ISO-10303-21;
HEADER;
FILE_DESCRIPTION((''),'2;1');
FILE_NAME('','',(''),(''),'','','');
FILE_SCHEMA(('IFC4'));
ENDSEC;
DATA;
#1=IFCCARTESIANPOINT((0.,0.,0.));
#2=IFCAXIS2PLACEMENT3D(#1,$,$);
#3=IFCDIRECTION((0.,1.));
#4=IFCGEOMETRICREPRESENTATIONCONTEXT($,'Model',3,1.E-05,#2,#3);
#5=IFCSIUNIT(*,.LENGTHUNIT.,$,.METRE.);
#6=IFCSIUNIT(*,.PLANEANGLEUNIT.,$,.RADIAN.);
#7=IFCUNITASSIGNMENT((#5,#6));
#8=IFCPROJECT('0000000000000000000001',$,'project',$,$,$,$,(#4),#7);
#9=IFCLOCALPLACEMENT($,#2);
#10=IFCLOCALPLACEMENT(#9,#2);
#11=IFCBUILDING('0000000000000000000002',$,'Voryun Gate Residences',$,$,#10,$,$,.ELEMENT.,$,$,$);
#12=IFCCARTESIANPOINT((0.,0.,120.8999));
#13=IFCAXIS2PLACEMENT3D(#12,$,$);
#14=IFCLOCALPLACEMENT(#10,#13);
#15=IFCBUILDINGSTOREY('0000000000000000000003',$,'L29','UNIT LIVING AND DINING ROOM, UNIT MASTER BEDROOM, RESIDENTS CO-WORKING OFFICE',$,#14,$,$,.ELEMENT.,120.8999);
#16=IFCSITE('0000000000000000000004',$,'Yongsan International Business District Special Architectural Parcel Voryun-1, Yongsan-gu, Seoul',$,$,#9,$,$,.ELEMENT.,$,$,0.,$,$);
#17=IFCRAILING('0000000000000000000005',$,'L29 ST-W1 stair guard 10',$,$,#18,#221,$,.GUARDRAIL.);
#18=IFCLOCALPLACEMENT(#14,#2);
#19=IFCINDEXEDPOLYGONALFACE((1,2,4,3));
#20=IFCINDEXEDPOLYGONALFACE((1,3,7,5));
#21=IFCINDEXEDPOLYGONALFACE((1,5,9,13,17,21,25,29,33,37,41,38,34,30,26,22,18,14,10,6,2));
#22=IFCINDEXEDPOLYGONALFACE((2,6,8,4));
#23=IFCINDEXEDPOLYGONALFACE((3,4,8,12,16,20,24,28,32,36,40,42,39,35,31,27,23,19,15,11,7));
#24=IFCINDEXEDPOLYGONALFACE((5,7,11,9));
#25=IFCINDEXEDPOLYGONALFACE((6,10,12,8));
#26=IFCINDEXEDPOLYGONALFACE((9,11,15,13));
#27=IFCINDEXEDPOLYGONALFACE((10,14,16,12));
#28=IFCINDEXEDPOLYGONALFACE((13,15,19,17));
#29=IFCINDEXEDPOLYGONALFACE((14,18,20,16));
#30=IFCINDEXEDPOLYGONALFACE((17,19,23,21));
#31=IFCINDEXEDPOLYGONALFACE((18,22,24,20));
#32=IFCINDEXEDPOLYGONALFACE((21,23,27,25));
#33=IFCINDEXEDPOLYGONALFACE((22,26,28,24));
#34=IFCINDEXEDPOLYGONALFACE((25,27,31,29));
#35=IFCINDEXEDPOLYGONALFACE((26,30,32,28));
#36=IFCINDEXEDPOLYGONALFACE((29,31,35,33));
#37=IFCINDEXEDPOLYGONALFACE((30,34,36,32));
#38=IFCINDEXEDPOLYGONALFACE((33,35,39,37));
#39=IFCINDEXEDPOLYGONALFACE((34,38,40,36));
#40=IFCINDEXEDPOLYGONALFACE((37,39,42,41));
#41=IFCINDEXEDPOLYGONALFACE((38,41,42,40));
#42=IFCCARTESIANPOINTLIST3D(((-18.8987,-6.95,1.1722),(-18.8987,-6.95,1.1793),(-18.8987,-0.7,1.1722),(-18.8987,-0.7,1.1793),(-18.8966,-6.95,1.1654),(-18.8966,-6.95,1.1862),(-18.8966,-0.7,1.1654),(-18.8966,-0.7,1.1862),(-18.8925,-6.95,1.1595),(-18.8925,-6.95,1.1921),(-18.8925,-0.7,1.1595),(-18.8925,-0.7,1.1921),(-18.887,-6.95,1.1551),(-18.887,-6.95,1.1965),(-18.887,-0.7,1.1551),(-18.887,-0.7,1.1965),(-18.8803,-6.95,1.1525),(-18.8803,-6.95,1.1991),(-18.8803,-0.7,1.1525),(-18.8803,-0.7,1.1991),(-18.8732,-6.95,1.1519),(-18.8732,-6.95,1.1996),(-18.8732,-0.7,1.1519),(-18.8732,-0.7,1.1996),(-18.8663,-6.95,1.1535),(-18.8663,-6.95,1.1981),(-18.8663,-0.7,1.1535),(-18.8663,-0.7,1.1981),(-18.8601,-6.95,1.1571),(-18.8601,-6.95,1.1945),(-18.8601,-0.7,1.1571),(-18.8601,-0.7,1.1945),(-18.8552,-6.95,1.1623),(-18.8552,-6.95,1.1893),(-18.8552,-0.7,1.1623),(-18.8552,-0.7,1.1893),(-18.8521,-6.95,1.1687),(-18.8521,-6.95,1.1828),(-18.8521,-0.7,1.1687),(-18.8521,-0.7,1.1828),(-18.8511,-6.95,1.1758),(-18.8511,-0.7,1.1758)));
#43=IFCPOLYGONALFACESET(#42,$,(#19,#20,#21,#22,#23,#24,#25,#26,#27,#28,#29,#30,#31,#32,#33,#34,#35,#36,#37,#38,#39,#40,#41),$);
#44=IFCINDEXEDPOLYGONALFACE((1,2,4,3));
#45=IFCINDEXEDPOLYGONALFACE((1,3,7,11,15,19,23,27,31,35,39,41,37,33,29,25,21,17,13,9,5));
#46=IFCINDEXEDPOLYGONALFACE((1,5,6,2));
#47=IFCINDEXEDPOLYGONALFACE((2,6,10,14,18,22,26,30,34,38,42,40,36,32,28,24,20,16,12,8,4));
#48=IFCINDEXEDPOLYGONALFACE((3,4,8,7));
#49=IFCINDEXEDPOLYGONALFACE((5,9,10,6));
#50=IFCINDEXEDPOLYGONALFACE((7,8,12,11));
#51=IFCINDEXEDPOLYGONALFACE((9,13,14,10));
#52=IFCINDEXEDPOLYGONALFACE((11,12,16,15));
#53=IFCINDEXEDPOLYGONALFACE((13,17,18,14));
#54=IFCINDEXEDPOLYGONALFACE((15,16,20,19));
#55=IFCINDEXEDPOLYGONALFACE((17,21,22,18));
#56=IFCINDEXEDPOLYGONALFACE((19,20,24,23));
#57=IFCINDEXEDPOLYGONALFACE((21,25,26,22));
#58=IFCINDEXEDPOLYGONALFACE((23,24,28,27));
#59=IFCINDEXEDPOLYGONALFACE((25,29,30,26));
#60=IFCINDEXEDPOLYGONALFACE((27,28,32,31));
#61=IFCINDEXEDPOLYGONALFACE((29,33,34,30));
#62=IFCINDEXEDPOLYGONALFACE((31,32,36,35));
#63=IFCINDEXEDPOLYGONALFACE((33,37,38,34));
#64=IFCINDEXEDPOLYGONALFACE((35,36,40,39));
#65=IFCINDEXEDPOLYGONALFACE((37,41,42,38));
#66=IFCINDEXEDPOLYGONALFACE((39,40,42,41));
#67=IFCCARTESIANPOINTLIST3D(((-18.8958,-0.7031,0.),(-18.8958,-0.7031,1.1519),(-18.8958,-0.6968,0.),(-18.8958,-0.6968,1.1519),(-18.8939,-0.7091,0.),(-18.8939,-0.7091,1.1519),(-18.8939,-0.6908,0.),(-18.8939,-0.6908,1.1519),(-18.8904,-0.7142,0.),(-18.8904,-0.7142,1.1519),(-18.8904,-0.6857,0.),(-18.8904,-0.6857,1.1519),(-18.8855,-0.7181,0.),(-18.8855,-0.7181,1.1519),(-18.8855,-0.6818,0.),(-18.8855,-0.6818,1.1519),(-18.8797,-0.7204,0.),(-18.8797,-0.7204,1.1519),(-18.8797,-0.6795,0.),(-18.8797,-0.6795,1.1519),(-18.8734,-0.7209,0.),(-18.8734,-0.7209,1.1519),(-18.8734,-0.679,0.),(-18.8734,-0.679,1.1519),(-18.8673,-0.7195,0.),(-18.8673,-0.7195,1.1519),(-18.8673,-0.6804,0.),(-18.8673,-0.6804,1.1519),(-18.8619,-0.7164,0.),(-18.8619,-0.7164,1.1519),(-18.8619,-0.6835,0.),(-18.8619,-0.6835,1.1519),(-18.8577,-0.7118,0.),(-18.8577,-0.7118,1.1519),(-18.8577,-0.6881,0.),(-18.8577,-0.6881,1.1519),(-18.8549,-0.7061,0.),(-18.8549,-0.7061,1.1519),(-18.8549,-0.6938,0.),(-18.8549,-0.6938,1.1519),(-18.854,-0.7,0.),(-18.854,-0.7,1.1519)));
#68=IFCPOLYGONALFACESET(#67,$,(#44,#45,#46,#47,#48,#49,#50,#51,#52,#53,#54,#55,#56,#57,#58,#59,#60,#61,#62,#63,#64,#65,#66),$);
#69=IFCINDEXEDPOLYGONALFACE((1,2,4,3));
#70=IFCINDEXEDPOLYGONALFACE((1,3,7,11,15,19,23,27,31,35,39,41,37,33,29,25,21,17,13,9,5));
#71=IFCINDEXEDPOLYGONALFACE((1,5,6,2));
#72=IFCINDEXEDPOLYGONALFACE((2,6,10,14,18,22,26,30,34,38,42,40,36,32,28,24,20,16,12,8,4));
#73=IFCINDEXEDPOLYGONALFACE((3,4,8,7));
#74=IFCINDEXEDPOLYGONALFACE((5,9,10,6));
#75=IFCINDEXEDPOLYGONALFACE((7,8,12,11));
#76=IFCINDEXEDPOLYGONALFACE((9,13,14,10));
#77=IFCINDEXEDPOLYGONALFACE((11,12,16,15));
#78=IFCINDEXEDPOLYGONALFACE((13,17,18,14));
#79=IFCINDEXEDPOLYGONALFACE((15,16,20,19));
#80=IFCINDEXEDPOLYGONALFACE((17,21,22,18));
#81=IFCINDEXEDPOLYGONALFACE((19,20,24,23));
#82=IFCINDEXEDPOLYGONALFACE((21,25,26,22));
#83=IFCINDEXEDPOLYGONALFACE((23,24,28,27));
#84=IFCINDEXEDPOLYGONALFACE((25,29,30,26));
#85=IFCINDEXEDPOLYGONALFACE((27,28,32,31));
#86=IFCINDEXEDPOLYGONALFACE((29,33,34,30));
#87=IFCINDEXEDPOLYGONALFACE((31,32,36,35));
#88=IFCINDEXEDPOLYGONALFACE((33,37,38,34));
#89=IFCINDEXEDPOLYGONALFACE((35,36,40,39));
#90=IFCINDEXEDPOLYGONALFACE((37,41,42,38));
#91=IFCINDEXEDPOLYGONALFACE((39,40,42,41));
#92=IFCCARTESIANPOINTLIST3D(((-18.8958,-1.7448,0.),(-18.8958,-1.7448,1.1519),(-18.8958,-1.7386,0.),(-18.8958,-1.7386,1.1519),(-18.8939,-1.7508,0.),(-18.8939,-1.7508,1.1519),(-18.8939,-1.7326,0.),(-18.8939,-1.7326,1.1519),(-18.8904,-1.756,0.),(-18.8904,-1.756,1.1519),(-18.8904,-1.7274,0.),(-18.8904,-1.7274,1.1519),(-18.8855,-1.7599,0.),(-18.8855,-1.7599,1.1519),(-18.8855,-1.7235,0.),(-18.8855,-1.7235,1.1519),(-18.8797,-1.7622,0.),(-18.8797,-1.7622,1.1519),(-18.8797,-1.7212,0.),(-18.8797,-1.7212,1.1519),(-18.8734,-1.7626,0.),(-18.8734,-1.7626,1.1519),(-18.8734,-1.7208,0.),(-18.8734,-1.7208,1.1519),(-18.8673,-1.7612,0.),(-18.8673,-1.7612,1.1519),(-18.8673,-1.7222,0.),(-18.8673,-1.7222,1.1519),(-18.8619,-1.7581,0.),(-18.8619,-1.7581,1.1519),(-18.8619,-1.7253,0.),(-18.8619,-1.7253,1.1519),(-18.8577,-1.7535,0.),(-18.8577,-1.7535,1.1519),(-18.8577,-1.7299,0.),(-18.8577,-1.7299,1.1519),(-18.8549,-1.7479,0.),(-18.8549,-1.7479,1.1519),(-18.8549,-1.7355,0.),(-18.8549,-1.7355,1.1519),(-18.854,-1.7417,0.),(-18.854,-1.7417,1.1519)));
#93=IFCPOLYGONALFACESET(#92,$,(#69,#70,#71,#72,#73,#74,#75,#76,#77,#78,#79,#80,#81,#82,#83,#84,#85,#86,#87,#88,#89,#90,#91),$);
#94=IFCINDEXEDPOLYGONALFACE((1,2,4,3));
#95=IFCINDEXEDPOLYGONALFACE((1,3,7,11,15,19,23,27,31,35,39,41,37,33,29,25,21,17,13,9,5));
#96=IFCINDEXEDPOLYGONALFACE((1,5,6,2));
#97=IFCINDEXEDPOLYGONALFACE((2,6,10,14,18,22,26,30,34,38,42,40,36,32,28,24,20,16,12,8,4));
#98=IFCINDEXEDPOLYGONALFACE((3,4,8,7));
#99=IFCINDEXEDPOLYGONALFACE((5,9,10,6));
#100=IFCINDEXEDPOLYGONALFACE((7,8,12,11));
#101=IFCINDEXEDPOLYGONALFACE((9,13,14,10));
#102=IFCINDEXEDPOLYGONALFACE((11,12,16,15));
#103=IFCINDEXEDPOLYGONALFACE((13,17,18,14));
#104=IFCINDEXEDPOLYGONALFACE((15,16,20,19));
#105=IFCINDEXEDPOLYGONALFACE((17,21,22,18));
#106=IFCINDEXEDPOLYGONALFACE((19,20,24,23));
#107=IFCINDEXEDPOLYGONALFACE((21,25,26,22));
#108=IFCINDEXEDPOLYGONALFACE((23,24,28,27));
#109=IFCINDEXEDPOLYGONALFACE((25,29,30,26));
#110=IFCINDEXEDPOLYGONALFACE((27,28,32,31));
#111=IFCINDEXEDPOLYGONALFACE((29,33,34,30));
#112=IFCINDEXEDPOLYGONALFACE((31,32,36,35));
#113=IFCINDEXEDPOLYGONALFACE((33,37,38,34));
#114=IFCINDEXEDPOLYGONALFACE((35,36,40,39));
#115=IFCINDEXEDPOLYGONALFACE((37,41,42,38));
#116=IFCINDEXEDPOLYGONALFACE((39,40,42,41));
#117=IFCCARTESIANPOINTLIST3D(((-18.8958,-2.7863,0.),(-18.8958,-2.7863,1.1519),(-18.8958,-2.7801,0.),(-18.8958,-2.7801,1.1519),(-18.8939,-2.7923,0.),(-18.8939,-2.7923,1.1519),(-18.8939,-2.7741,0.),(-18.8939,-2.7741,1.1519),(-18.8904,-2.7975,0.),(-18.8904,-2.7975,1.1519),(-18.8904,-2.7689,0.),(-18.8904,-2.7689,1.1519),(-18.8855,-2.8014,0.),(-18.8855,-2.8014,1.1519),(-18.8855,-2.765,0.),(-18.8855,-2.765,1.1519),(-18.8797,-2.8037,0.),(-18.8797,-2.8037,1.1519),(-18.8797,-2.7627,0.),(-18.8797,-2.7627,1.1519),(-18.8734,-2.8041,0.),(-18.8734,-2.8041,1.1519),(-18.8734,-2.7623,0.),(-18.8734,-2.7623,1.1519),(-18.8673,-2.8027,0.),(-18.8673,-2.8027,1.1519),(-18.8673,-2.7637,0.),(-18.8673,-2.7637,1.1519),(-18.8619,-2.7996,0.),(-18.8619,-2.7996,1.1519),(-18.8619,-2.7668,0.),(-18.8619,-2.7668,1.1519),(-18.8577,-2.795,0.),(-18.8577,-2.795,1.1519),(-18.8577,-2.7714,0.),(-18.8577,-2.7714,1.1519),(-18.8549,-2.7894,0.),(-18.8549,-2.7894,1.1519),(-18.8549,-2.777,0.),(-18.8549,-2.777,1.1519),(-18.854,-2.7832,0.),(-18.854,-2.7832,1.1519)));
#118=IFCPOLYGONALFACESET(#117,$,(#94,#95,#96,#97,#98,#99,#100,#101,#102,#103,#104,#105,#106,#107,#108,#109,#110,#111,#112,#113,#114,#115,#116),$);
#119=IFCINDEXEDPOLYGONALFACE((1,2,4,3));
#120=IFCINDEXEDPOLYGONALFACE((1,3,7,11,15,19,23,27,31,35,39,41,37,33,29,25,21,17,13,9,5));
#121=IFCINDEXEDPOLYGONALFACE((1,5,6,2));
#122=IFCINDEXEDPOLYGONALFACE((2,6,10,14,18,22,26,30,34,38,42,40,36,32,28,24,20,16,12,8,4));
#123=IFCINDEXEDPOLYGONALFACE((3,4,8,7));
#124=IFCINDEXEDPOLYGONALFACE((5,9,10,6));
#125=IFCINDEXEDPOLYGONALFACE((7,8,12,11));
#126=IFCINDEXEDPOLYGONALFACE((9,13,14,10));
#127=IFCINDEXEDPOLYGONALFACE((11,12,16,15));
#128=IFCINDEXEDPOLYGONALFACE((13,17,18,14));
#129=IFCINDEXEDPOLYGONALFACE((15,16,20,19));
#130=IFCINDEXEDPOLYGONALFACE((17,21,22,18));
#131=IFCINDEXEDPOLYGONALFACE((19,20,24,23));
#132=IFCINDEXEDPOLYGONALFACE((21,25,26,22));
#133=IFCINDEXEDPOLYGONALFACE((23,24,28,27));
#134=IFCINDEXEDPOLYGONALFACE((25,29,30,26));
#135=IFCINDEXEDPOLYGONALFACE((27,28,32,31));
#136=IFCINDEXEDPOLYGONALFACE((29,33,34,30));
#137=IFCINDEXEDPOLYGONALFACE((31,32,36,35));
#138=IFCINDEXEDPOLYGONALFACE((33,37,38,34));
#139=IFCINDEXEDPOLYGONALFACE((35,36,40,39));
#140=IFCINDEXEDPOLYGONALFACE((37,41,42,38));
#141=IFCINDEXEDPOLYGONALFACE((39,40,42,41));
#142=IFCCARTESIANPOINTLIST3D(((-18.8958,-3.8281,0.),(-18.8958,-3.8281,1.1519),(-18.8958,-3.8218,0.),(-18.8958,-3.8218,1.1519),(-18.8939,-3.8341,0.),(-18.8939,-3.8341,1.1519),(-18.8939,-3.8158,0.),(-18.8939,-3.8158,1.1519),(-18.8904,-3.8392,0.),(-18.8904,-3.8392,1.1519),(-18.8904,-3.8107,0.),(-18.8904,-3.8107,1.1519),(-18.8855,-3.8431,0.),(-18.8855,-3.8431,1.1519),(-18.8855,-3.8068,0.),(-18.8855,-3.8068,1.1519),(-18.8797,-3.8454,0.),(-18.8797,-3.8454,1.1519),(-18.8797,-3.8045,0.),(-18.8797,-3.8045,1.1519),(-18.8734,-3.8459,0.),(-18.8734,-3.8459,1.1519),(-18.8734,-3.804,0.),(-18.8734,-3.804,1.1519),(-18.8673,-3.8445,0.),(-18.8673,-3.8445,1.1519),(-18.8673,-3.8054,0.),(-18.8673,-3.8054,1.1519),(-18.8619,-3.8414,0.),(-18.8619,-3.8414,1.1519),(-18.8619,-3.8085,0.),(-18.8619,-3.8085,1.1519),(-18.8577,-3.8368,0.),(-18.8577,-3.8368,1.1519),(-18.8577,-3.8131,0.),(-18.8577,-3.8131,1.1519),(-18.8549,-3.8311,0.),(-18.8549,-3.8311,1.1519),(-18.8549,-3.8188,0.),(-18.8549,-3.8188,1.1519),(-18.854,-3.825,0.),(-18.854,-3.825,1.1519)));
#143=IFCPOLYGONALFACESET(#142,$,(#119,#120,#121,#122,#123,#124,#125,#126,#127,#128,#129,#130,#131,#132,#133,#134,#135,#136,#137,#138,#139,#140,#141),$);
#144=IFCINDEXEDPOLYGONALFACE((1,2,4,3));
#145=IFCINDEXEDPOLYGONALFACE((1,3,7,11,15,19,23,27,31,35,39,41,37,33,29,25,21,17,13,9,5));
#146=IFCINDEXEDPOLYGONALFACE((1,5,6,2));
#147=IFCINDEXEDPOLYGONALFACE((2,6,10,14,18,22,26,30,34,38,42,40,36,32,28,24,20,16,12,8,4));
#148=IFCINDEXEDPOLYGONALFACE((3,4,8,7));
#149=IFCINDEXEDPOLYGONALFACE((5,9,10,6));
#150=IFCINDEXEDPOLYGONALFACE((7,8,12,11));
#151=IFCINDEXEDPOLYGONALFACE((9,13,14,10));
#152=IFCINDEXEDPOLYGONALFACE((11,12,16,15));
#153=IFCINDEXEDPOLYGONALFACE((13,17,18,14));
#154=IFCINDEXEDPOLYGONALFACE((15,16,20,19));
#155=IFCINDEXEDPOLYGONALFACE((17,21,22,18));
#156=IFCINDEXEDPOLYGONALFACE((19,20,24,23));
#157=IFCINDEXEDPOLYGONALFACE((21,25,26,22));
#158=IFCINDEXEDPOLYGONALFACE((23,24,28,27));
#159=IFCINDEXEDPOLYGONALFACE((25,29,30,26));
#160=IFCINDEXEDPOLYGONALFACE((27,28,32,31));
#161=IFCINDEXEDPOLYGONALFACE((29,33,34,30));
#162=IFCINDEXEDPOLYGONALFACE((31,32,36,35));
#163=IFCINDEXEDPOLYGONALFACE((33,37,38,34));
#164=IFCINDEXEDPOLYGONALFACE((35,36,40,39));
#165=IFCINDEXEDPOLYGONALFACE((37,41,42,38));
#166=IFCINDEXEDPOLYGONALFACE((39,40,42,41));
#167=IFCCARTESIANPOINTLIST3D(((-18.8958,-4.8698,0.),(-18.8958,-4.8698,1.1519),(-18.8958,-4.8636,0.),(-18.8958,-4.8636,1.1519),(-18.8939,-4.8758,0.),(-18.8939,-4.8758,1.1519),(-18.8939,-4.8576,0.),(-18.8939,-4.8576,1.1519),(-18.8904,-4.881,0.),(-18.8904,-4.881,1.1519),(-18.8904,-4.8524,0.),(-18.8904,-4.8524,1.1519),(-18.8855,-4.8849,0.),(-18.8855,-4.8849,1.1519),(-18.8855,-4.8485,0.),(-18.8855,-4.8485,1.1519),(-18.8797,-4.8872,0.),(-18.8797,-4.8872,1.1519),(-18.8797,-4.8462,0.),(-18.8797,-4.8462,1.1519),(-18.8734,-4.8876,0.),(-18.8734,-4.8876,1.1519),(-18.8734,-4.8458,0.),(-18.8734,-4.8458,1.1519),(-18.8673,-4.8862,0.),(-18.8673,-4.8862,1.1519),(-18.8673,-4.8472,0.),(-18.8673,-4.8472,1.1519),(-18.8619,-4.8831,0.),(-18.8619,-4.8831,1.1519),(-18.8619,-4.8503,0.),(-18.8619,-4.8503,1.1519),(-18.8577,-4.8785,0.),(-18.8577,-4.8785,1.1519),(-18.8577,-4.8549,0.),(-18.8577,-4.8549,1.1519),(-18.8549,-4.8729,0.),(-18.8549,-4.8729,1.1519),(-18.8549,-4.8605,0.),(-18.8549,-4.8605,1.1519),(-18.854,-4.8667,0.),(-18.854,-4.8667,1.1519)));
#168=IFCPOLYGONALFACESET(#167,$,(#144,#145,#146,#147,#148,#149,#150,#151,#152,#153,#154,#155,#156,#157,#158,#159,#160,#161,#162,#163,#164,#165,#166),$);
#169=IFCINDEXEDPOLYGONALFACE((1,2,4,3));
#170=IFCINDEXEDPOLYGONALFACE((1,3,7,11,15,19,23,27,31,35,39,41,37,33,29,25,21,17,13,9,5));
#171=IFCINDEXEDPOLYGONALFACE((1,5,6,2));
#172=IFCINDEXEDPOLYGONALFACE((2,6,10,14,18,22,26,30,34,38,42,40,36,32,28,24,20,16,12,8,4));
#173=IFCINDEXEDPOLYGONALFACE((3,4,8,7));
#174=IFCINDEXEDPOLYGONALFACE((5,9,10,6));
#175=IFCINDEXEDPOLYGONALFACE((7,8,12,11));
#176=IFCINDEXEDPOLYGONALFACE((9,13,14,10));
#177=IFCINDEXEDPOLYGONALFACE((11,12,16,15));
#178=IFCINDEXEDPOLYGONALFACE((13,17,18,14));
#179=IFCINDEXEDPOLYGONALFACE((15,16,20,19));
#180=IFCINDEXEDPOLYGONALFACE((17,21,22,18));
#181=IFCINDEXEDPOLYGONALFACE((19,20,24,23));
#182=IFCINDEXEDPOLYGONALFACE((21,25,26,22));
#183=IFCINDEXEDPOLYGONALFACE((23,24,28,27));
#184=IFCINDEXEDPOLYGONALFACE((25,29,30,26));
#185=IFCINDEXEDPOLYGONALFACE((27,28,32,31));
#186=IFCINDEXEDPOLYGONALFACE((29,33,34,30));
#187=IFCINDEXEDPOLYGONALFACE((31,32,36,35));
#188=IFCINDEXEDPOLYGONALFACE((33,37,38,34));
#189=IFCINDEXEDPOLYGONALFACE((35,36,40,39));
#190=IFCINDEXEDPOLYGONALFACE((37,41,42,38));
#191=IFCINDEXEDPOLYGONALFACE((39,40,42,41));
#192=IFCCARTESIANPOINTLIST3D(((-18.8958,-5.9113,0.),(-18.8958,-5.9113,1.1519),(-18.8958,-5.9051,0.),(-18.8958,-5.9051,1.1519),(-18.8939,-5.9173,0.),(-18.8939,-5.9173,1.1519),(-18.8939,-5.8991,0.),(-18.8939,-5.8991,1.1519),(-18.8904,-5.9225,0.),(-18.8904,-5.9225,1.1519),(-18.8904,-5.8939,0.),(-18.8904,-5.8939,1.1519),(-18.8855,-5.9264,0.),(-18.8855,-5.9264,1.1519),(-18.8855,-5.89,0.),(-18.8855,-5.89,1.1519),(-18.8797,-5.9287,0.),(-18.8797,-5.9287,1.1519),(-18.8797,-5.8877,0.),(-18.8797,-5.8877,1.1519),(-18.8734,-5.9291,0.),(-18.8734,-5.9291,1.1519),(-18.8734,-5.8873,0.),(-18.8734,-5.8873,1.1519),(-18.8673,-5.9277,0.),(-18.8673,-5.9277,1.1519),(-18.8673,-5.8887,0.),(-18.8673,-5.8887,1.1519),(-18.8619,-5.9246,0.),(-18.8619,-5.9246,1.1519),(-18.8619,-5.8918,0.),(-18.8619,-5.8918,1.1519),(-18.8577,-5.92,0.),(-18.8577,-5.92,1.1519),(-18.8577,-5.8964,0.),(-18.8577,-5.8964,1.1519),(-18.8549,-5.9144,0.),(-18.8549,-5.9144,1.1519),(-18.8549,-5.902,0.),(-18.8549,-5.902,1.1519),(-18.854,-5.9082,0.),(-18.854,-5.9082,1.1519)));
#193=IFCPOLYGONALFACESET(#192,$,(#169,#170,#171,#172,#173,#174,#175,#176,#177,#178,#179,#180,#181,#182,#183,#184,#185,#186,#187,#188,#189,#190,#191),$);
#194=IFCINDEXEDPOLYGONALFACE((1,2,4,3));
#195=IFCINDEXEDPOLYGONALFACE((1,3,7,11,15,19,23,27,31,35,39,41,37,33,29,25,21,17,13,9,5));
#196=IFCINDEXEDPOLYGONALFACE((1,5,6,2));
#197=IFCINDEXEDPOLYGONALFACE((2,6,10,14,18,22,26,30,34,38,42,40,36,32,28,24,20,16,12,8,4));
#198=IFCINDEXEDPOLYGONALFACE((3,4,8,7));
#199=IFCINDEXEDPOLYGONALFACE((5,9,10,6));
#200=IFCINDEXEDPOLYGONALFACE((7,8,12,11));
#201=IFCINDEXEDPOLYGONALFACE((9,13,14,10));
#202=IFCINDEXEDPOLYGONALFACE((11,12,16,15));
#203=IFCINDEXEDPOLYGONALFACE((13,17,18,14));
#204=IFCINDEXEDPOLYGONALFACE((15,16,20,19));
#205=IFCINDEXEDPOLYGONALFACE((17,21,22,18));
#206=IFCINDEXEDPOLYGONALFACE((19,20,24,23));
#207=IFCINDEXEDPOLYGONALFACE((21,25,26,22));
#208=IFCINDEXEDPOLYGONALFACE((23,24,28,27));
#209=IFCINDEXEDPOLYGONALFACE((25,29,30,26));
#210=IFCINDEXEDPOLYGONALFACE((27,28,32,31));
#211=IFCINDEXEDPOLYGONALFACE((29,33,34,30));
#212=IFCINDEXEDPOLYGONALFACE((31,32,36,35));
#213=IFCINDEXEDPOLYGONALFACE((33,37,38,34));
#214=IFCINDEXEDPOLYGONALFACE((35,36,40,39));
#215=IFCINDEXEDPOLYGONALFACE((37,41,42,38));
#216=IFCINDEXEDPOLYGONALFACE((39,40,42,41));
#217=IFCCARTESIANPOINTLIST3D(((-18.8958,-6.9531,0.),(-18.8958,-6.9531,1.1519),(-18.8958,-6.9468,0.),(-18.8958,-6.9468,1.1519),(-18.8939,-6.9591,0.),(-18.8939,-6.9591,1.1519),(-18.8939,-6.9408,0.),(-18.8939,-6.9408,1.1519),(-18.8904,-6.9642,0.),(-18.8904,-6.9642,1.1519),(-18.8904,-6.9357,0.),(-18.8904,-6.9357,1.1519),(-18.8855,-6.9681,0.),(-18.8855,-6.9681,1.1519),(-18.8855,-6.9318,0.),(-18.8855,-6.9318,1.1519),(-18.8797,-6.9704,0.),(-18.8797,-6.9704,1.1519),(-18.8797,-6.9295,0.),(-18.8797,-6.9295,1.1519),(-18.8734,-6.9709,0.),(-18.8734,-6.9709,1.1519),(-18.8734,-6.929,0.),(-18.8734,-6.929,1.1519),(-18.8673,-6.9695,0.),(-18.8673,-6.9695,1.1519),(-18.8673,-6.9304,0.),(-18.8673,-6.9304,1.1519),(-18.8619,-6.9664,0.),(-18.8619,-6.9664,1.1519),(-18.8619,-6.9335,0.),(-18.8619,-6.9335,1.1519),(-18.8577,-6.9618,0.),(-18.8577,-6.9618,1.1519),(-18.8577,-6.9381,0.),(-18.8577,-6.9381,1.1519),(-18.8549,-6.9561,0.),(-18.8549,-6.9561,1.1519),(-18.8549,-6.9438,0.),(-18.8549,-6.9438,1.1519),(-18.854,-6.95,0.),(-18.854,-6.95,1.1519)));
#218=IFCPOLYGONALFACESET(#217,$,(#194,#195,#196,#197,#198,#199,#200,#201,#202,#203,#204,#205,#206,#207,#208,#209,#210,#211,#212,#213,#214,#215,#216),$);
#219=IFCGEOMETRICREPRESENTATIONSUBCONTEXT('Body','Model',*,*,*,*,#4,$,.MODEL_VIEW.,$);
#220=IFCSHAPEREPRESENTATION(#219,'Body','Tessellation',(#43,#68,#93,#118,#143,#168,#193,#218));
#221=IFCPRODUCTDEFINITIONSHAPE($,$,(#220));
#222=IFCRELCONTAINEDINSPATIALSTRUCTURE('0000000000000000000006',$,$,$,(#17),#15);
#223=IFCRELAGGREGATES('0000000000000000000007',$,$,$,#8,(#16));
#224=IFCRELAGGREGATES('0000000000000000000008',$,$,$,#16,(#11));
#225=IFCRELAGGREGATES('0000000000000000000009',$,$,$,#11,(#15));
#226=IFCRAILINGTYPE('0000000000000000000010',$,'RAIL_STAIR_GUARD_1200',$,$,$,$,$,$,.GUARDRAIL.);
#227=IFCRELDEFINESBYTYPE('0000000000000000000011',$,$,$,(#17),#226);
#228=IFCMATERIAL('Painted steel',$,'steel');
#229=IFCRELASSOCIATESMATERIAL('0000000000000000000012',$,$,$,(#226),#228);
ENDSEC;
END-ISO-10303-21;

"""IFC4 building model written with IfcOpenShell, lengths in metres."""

from ifc_helpers import new_model, si_unit, direction, frame, origin, origin_2d, place, context, subcontext, project, spatial, circle, extrude, material, type_object, element, save


model = new_model("IFC4")

# Units and contexts
model_context = context("Model", 3, precision=1e-05, world=origin(), true_north=direction((0.0, 1.0)))
body_context = subcontext(model_context, "Body", "Model", "MODEL_VIEW")
ifc_project = project(units=[si_unit("LENGTHUNIT", "METRE"), si_unit("PLANEANGLEUNIT", "RADIAN")], contexts=[model_context])

# Site, building, storey
site_placement = place(None, origin())
site = spatial("IfcSite", under=ifc_project, at=site_placement, Name="Yongsan International Business District Special Architectural Parcel Voryun-1, Yongsan-gu, Seoul", CompositionType="ELEMENT", RefElevation=0.0)
building_placement = place(site_placement, origin())
building = spatial("IfcBuilding", under=site, at=building_placement, Name="Voryun Gate Residences", CompositionType="ELEMENT")
storey_placement = place(building_placement, frame((0.0, 0.0, 120.8999)))
storey = spatial("IfcBuildingStorey", under=building, at=storey_placement, Name="L29", Description="UNIT LIVING AND DINING ROOM, UNIT MASTER BEDROOM, RESIDENTS CO-WORKING OFFICE", CompositionType="ELEMENT", Elevation=120.8999)

# Railing
ifc_material_1 = material(Name="Painted steel", Category="steel")
railing_type = type_object("IfcRailingType", Name="RAIL_STAIR_GUARD_1200", PredefinedType="GUARDRAIL", material=ifc_material_1)
railing_1_placement = place(storey_placement, frame((-18.875, -0.7, 0.0)))
element("IfcRailing", 1, at=railing_1_placement, inside=storey, type_object=railing_type, Name="L29 ST-W1 stair guard 10", PredefinedType="GUARDRAIL", context=body_context, shape_type="SweptSolid", body=[
    extrude(circle(Radius=0.0239, at=origin_2d()), frame((0.0, 0.0, 1.1758), z_axis=(0.0, -1.0, 0.0), x_axis=(1.0, 0.0, 0.0)), (0.0, 0.0, 1.0), 6.25),
    extrude(circle(Radius=0.021, at=origin_2d()), origin(), (0.0, 0.0, 1.0), 1.1519),
    extrude(circle(Radius=0.021, at=origin_2d()), frame((0.0, -1.0417, 0.0)), (0.0, 0.0, 1.0), 1.1519),
    extrude(circle(Radius=0.021, at=origin_2d()), frame((0.0, -2.0833, 0.0)), (0.0, 0.0, 1.0), 1.1519),
    extrude(circle(Radius=0.021, at=origin_2d()), frame((0.0, -3.125, 0.0)), (0.0, 0.0, 1.0), 1.1519),
    extrude(circle(Radius=0.021, at=origin_2d()), frame((0.0, -4.1667, 0.0)), (0.0, 0.0, 1.0), 1.1519),
    extrude(circle(Radius=0.021, at=origin_2d()), frame((0.0, -5.2083, 0.0)), (0.0, 0.0, 1.0), 1.1519),
    extrude(circle(Radius=0.021, at=origin_2d()), frame((0.0, -6.25, 0.0)), (0.0, 0.0, 1.0), 1.1519),
])

save(model, "model.ifc")
